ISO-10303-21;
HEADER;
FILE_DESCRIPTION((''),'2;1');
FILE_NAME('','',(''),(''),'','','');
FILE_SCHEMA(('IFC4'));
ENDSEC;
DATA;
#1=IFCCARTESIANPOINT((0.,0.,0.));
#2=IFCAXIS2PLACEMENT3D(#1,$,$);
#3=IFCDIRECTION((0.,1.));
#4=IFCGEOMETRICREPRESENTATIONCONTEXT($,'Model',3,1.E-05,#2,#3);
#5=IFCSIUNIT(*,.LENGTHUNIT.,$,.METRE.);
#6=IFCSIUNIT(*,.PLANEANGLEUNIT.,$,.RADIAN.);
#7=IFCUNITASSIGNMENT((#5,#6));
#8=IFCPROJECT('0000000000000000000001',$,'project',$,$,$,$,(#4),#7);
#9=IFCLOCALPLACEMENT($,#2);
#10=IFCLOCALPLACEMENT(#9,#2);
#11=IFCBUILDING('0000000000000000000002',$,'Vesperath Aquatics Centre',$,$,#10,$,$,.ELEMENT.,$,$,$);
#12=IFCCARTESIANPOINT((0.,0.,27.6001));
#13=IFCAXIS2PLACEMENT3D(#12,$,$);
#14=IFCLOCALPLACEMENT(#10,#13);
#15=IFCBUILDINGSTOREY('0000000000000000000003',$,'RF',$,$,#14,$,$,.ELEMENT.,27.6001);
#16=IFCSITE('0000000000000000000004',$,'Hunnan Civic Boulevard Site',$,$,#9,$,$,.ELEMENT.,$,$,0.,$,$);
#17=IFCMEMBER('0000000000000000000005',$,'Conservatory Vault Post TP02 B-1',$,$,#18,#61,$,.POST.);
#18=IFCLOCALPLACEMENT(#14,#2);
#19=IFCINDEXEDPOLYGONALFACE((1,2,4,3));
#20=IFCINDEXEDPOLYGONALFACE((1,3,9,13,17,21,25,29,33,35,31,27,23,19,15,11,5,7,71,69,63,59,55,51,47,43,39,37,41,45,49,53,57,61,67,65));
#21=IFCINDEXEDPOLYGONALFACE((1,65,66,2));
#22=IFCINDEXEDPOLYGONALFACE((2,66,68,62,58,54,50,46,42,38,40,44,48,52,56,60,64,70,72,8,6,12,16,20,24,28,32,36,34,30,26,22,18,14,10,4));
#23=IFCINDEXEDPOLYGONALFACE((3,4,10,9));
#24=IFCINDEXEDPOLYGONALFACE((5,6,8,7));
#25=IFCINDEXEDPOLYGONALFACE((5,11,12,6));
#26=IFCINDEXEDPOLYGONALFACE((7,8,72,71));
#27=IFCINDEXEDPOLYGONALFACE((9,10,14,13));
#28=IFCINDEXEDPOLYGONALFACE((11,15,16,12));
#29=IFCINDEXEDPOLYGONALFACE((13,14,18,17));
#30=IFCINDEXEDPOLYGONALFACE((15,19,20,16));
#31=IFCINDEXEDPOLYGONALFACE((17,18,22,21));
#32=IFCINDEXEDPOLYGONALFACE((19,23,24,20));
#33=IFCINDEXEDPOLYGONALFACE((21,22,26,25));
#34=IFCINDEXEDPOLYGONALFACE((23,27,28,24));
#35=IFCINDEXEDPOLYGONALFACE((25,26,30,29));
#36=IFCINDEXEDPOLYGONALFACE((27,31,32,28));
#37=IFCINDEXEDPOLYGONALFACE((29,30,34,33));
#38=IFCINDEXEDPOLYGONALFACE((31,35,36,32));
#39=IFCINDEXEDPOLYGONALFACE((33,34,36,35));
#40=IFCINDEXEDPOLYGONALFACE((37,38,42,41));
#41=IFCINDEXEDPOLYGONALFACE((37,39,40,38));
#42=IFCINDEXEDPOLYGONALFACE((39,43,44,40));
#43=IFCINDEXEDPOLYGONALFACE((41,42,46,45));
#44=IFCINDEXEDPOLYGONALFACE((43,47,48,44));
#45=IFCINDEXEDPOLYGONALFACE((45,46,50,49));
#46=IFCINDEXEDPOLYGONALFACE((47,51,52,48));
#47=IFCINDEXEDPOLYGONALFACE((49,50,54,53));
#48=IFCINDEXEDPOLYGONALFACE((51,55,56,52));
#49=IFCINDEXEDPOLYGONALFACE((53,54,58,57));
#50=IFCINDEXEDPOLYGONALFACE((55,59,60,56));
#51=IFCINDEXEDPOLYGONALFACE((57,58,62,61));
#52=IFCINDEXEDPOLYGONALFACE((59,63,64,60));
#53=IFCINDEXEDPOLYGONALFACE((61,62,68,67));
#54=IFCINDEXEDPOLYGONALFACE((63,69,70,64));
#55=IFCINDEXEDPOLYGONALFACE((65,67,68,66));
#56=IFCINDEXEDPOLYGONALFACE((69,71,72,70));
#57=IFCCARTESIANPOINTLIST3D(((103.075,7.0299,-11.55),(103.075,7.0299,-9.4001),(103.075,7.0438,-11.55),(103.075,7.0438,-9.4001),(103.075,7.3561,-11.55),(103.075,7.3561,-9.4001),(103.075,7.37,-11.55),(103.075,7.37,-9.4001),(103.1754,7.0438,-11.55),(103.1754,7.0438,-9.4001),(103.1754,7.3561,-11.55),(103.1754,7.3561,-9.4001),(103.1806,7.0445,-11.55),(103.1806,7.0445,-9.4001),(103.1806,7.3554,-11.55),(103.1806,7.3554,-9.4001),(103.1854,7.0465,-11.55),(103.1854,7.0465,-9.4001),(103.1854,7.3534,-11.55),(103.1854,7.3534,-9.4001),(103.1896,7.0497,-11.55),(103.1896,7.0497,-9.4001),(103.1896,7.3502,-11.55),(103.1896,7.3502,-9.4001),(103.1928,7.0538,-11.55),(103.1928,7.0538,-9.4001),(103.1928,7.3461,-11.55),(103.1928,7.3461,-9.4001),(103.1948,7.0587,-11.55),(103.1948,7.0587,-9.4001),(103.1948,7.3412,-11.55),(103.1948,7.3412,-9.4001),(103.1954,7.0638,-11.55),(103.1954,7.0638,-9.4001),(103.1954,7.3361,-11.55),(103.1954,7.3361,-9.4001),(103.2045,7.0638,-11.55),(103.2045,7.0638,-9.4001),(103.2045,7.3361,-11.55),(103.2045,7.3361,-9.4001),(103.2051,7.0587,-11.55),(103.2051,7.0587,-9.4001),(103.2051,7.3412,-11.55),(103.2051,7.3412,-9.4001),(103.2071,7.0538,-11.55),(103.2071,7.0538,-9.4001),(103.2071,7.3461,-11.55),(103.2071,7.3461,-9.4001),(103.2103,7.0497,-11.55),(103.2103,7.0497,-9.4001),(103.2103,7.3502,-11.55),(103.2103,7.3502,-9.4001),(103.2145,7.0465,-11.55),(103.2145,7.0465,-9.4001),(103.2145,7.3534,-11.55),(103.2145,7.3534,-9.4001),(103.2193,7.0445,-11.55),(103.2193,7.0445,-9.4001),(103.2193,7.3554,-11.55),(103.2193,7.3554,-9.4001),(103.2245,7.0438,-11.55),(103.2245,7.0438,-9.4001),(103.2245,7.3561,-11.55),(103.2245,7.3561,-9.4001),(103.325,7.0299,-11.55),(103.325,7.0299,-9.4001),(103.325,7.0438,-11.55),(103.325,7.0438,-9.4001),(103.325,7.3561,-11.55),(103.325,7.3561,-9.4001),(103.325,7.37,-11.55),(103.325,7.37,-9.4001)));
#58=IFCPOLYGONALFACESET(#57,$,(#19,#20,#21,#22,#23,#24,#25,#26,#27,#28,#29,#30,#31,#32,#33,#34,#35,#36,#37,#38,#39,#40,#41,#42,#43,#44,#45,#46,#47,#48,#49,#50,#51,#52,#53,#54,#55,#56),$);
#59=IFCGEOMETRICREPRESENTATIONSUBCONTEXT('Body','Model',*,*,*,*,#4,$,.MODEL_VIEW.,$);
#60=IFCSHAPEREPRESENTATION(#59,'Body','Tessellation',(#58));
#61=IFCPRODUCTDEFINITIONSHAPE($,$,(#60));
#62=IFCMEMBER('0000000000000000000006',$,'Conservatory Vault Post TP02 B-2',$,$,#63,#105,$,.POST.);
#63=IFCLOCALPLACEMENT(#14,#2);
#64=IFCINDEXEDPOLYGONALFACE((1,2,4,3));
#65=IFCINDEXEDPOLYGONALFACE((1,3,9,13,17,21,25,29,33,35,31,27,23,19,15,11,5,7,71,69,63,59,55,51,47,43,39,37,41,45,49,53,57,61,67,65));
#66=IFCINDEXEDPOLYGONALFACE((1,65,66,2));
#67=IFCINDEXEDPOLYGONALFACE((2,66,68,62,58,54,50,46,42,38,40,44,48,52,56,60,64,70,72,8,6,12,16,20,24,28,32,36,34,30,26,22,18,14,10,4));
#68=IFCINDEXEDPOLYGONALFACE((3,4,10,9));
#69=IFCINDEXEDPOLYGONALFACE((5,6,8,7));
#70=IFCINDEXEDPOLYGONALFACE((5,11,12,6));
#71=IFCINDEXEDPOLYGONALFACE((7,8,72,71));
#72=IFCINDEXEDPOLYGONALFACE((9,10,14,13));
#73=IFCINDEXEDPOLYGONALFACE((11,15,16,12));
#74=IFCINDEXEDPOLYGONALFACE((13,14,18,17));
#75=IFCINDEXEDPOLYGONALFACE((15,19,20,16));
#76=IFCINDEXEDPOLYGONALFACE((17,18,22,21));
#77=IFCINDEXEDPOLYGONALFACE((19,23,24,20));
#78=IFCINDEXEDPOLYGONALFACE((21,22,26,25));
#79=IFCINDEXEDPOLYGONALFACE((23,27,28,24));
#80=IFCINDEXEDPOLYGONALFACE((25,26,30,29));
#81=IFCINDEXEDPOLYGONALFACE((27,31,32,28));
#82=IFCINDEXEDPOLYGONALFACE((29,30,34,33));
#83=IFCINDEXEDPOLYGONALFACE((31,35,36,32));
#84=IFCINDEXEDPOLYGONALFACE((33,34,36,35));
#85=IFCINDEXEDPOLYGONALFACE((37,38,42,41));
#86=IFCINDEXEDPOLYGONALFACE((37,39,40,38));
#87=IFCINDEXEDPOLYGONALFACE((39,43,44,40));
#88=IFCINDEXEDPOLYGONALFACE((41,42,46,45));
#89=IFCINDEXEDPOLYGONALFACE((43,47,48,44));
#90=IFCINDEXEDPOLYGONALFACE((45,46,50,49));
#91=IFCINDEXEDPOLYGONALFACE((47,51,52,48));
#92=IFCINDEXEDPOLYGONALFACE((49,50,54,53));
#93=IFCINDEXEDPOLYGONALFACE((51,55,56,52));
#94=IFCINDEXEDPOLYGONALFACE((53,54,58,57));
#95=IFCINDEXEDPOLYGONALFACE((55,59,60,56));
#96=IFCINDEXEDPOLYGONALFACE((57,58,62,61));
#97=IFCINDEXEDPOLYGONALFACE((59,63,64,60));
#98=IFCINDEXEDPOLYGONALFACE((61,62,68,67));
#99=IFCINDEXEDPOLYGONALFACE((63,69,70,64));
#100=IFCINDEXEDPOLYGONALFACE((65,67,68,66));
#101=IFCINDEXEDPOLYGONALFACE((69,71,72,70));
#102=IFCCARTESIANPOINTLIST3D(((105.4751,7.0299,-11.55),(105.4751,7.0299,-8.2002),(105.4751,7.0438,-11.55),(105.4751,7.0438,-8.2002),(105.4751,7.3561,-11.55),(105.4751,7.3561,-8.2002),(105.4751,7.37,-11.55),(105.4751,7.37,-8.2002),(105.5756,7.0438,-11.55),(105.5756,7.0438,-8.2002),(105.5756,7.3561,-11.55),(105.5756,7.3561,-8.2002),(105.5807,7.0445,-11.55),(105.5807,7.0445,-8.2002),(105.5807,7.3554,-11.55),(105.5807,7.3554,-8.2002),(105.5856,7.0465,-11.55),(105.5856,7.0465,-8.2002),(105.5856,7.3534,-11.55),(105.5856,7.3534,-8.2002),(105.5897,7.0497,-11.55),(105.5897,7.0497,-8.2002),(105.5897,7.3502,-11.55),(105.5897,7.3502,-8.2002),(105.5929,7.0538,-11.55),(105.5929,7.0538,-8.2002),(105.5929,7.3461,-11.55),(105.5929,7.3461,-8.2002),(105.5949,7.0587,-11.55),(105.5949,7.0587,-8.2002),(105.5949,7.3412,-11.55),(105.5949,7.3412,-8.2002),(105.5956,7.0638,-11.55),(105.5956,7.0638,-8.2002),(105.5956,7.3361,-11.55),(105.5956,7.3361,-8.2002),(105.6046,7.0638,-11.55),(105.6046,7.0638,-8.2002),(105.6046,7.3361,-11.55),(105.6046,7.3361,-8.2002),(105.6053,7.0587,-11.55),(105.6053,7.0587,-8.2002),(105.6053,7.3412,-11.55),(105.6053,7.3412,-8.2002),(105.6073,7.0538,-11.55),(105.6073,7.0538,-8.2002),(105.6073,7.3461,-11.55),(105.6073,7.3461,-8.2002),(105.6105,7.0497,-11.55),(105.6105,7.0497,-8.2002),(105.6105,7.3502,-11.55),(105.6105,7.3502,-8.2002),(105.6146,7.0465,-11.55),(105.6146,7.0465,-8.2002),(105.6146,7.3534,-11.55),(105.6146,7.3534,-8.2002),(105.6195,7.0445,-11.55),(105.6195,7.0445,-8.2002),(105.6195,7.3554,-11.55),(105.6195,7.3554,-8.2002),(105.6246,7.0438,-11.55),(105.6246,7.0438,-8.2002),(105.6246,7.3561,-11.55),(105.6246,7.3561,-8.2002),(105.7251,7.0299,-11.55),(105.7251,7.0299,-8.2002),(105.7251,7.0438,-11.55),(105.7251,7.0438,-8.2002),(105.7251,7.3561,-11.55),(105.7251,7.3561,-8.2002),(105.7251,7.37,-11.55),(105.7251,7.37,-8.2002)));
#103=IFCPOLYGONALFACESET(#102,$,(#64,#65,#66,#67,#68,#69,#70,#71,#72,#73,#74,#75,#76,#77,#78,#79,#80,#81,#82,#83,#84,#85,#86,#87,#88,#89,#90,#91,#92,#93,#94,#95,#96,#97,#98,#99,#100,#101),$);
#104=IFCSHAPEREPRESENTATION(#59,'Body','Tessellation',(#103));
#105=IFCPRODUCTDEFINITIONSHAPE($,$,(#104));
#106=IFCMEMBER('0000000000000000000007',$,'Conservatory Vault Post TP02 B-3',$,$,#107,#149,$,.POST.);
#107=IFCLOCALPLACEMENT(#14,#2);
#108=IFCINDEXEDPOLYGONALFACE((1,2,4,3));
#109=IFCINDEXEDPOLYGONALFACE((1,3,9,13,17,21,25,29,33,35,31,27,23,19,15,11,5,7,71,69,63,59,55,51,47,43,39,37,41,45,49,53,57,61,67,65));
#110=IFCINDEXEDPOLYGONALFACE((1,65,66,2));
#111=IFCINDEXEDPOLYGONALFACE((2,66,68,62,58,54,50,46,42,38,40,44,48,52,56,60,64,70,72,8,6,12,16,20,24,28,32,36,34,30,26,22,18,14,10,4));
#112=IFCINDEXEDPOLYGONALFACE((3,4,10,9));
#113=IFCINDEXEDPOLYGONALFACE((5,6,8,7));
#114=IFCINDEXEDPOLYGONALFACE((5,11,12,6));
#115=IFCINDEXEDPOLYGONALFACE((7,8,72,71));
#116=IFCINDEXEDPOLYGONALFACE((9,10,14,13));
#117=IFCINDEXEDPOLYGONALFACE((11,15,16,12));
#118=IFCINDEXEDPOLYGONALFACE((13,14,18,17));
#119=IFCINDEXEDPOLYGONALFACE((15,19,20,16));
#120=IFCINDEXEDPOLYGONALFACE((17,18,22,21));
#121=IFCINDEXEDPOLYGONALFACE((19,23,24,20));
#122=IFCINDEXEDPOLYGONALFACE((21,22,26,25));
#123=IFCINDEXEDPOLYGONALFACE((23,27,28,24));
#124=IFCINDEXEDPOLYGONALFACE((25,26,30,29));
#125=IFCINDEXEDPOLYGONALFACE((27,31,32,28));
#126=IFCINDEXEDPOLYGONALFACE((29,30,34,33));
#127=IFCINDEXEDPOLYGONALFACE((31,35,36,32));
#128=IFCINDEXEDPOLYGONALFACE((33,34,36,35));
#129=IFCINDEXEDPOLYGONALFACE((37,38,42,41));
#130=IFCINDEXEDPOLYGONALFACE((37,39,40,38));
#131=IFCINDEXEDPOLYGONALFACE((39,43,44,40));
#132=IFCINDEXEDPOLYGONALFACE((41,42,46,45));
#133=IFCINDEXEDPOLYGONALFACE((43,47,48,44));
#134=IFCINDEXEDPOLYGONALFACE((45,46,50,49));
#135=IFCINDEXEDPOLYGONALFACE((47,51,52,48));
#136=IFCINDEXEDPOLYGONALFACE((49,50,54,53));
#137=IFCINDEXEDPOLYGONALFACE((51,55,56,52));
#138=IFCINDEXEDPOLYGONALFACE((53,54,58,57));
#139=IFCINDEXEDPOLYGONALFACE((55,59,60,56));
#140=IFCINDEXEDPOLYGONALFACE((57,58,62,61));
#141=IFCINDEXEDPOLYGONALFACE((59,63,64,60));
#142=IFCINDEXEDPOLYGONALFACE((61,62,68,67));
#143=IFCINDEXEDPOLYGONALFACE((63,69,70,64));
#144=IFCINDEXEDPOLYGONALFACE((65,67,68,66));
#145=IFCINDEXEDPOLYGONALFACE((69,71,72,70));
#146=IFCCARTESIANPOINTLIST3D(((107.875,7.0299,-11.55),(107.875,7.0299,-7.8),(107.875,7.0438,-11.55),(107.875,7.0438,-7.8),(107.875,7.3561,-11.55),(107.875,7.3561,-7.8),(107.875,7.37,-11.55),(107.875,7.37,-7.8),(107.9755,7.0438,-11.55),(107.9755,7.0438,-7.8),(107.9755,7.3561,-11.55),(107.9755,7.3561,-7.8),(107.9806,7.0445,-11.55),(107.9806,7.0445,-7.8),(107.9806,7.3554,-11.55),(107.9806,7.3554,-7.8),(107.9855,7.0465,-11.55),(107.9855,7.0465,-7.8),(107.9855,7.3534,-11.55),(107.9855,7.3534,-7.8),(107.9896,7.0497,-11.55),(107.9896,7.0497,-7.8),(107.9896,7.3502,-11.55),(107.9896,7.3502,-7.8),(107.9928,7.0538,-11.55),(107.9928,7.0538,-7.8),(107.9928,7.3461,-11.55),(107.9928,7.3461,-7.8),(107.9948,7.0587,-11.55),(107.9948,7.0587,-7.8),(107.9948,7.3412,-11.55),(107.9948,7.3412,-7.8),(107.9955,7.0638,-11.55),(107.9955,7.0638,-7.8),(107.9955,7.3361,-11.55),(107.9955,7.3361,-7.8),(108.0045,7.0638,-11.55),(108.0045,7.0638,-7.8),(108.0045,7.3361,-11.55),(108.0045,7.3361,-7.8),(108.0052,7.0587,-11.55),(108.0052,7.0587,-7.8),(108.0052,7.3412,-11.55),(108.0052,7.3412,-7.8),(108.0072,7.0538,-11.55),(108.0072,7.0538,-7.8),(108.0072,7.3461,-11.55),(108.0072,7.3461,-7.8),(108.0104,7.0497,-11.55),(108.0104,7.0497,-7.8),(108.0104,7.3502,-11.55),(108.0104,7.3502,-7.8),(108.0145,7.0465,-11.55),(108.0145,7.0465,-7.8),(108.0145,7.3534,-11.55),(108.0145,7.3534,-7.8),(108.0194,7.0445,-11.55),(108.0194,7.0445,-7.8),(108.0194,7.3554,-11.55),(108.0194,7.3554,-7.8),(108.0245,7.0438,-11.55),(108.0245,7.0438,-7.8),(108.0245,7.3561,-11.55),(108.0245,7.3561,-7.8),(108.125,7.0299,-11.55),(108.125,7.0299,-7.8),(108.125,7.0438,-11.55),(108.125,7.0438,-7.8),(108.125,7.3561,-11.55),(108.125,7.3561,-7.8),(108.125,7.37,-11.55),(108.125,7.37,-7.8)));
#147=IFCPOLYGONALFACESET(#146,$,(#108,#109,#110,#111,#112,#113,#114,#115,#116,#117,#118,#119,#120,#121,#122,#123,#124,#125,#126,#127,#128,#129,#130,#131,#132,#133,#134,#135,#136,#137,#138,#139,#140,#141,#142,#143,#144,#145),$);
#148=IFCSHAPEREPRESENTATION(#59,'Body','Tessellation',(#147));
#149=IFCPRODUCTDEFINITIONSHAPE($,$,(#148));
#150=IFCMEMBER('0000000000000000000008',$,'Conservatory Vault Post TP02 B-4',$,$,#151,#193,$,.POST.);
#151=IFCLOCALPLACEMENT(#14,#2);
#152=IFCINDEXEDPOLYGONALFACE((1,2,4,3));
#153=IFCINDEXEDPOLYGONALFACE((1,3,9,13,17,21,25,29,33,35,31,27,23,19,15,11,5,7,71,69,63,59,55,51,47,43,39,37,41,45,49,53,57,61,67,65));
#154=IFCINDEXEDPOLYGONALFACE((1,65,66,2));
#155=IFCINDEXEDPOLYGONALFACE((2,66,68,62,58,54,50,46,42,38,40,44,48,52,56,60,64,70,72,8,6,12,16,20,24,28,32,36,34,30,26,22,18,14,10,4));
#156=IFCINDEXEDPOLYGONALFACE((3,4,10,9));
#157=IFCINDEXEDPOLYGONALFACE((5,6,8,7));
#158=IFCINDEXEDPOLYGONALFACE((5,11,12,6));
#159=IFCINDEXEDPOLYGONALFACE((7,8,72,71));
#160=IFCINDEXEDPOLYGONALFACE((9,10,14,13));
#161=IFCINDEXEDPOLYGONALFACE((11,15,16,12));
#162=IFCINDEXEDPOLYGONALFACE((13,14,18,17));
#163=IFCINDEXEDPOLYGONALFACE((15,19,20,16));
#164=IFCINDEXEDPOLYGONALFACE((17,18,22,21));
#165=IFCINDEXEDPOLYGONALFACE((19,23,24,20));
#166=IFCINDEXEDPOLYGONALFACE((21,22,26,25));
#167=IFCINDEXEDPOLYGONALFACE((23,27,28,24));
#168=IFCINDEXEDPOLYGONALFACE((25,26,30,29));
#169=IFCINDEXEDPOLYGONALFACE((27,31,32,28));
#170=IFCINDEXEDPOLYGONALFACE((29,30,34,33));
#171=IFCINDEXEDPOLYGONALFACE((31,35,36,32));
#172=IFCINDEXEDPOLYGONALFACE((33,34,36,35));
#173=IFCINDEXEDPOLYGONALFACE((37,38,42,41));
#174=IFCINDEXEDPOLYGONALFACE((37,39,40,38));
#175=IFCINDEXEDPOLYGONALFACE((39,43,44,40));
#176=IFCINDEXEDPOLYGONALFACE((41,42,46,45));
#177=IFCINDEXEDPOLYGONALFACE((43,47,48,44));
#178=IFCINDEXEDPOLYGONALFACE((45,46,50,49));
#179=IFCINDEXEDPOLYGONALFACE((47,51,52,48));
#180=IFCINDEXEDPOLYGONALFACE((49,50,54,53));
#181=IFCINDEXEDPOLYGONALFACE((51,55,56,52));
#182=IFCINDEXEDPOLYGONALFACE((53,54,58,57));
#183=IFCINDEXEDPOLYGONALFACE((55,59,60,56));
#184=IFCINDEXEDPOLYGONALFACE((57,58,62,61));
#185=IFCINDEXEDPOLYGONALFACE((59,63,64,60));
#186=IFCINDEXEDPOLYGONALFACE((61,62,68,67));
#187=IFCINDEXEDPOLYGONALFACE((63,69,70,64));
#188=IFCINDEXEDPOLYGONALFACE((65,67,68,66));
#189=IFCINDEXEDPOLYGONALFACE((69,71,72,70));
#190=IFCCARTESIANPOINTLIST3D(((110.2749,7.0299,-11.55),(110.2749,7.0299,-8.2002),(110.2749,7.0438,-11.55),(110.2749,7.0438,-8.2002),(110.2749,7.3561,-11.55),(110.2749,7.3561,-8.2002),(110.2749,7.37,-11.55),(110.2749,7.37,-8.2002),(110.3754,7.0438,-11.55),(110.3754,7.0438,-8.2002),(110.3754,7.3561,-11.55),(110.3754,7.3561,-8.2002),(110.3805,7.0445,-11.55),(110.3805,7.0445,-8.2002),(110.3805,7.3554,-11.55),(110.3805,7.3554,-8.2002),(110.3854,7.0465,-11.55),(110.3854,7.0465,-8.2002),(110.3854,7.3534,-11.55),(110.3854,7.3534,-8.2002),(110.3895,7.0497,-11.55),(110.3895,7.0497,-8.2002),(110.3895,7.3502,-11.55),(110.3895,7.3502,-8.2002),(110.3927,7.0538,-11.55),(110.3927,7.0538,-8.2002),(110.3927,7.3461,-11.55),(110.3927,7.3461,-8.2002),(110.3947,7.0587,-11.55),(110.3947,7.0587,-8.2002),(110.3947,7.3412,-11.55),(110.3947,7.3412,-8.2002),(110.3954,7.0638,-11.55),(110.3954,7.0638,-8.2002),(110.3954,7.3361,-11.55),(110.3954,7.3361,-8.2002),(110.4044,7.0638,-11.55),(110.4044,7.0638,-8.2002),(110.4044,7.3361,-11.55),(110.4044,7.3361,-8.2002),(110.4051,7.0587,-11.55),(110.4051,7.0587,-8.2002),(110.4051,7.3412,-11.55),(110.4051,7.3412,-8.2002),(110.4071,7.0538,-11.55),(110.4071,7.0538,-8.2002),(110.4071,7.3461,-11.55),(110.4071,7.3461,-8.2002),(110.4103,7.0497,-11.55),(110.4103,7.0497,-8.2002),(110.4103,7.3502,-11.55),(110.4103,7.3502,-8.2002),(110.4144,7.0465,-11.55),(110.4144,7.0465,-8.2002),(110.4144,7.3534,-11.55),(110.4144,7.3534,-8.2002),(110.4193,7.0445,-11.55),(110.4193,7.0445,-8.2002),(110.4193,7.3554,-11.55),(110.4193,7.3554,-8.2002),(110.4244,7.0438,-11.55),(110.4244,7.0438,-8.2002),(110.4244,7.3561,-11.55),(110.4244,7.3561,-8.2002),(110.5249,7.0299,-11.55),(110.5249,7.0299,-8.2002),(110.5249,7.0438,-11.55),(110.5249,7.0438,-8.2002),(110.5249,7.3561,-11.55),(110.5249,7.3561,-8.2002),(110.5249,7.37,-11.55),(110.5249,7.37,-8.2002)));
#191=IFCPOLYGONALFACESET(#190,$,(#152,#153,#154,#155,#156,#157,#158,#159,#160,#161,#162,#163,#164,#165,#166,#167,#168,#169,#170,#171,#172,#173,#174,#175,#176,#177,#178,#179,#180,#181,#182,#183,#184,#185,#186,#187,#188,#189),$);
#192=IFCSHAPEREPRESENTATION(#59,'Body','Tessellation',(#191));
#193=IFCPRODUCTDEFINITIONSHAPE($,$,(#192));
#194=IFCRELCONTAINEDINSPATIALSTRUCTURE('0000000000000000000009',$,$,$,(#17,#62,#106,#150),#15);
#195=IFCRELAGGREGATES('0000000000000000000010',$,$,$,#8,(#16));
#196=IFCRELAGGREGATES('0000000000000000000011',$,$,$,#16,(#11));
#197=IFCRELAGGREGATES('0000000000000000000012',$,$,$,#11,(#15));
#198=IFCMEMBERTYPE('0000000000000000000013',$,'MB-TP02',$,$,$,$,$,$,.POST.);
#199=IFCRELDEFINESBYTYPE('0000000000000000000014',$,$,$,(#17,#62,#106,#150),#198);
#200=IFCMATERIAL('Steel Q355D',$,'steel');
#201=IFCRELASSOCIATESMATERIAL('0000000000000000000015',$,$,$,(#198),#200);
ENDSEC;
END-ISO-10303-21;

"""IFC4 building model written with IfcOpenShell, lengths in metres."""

from ifc_helpers import new_model, si_unit, direction, frame, origin, origin_2d, place, context, subcontext, project, spatial, i_section, extrude, material, material_profile, profile_set, type_object, element, save


model = new_model("IFC4")

# Units and contexts
model_context = context("Model", 3, precision=1e-05, world=origin(), true_north=direction((0.0, 1.0)))
body_context = subcontext(model_context, "Body", "Model", "MODEL_VIEW")
ifc_project = project(units=[si_unit("LENGTHUNIT", "METRE"), si_unit("PLANEANGLEUNIT", "RADIAN")], contexts=[model_context])

# Site, building, storey
site_placement = place(None, origin())
site = spatial("IfcSite", under=ifc_project, at=site_placement, Name="Hunnan Civic Boulevard Site", CompositionType="ELEMENT", RefElevation=0.0)
building_placement = place(site_placement, origin())
building = spatial("IfcBuilding", under=site, at=building_placement, Name="Vesperath Aquatics Centre", CompositionType="ELEMENT")
storey_placement = place(building_placement, frame((0.0, 0.0, 27.6001)))
storey = spatial("IfcBuildingStorey", under=building, at=storey_placement, Name="RF", CompositionType="ELEMENT", Elevation=27.6001)

# Members
ifc_material_1 = material(Name="Steel Q355D", Category="steel")
ifc_material_profile_1 = material_profile(ifc_material_1, i_section(OverallWidth=0.25, OverallDepth=0.3401, WebThickness=0.009, FlangeThickness=0.0139, FilletRadius=0.02, at=origin_2d()), Name="HM 340x250x9x14")
ifc_profile_set_1 = profile_set([ifc_material_profile_1], Name="Steel Q355D")
member_type_1 = type_object("IfcMemberType", Name="MB-TP02", PredefinedType="POST", material=ifc_profile_set_1)
member_1_placement = place(storey_placement, frame((103.2, 7.2, -11.55), z_axis=(0.0, 0.0, 1.0), x_axis=(1.0, 0.0, 0.0)))
element("IfcMember", 1, at=member_1_placement, inside=storey, type_object=member_type_1, Name="Conservatory Vault Post TP02 B-1", PredefinedType="POST", context=body_context, shape_type="SweptSolid", body=[
    extrude(i_section(OverallWidth=0.25, OverallDepth=0.3401, WebThickness=0.009, FlangeThickness=0.0139, FilletRadius=0.02, at=origin_2d()), origin(), (0.0, 0.0, 1.0), 2.1499),
])
member_2_placement = place(storey_placement, frame((105.6001, 7.2, -11.55), z_axis=(0.0, 0.0, 1.0), x_axis=(1.0, 0.0, 0.0)))
element("IfcMember", 2, at=member_2_placement, inside=storey, type_object=member_type_1, Name="Conservatory Vault Post TP02 B-2", PredefinedType="POST", context=body_context, shape_type="SweptSolid", body=[
    extrude(i_section(OverallWidth=0.25, OverallDepth=0.3401, WebThickness=0.009, FlangeThickness=0.0139, FilletRadius=0.02, at=origin_2d()), origin(), (0.0, 0.0, 1.0), 3.3499),
])
member_3_placement = place(storey_placement, frame((108.0, 7.2, -11.55), z_axis=(0.0, 0.0, 1.0), x_axis=(1.0, 0.0, 0.0)))
element("IfcMember", 3, at=member_3_placement, inside=storey, type_object=member_type_1, Name="Conservatory Vault Post TP02 B-3", PredefinedType="POST", context=body_context, shape_type="SweptSolid", body=[
    extrude(i_section(OverallWidth=0.25, OverallDepth=0.3401, WebThickness=0.009, FlangeThickness=0.0139, FilletRadius=0.02, at=origin_2d()), origin(), (0.0, 0.0, 1.0), 3.75),
])
member_4_placement = place(storey_placement, frame((110.3999, 7.2, -11.55), z_axis=(0.0, 0.0, 1.0), x_axis=(1.0, 0.0, 0.0)))
element("IfcMember", 4, at=member_4_placement, inside=storey, type_object=member_type_1, Name="Conservatory Vault Post TP02 B-4", PredefinedType="POST", context=body_context, shape_type="SweptSolid", body=[
    extrude(i_section(OverallWidth=0.25, OverallDepth=0.3401, WebThickness=0.009, FlangeThickness=0.0139, FilletRadius=0.02, at=origin_2d()), origin(), (0.0, 0.0, 1.0), 3.3499),
])

save(model, "model.ifc")
